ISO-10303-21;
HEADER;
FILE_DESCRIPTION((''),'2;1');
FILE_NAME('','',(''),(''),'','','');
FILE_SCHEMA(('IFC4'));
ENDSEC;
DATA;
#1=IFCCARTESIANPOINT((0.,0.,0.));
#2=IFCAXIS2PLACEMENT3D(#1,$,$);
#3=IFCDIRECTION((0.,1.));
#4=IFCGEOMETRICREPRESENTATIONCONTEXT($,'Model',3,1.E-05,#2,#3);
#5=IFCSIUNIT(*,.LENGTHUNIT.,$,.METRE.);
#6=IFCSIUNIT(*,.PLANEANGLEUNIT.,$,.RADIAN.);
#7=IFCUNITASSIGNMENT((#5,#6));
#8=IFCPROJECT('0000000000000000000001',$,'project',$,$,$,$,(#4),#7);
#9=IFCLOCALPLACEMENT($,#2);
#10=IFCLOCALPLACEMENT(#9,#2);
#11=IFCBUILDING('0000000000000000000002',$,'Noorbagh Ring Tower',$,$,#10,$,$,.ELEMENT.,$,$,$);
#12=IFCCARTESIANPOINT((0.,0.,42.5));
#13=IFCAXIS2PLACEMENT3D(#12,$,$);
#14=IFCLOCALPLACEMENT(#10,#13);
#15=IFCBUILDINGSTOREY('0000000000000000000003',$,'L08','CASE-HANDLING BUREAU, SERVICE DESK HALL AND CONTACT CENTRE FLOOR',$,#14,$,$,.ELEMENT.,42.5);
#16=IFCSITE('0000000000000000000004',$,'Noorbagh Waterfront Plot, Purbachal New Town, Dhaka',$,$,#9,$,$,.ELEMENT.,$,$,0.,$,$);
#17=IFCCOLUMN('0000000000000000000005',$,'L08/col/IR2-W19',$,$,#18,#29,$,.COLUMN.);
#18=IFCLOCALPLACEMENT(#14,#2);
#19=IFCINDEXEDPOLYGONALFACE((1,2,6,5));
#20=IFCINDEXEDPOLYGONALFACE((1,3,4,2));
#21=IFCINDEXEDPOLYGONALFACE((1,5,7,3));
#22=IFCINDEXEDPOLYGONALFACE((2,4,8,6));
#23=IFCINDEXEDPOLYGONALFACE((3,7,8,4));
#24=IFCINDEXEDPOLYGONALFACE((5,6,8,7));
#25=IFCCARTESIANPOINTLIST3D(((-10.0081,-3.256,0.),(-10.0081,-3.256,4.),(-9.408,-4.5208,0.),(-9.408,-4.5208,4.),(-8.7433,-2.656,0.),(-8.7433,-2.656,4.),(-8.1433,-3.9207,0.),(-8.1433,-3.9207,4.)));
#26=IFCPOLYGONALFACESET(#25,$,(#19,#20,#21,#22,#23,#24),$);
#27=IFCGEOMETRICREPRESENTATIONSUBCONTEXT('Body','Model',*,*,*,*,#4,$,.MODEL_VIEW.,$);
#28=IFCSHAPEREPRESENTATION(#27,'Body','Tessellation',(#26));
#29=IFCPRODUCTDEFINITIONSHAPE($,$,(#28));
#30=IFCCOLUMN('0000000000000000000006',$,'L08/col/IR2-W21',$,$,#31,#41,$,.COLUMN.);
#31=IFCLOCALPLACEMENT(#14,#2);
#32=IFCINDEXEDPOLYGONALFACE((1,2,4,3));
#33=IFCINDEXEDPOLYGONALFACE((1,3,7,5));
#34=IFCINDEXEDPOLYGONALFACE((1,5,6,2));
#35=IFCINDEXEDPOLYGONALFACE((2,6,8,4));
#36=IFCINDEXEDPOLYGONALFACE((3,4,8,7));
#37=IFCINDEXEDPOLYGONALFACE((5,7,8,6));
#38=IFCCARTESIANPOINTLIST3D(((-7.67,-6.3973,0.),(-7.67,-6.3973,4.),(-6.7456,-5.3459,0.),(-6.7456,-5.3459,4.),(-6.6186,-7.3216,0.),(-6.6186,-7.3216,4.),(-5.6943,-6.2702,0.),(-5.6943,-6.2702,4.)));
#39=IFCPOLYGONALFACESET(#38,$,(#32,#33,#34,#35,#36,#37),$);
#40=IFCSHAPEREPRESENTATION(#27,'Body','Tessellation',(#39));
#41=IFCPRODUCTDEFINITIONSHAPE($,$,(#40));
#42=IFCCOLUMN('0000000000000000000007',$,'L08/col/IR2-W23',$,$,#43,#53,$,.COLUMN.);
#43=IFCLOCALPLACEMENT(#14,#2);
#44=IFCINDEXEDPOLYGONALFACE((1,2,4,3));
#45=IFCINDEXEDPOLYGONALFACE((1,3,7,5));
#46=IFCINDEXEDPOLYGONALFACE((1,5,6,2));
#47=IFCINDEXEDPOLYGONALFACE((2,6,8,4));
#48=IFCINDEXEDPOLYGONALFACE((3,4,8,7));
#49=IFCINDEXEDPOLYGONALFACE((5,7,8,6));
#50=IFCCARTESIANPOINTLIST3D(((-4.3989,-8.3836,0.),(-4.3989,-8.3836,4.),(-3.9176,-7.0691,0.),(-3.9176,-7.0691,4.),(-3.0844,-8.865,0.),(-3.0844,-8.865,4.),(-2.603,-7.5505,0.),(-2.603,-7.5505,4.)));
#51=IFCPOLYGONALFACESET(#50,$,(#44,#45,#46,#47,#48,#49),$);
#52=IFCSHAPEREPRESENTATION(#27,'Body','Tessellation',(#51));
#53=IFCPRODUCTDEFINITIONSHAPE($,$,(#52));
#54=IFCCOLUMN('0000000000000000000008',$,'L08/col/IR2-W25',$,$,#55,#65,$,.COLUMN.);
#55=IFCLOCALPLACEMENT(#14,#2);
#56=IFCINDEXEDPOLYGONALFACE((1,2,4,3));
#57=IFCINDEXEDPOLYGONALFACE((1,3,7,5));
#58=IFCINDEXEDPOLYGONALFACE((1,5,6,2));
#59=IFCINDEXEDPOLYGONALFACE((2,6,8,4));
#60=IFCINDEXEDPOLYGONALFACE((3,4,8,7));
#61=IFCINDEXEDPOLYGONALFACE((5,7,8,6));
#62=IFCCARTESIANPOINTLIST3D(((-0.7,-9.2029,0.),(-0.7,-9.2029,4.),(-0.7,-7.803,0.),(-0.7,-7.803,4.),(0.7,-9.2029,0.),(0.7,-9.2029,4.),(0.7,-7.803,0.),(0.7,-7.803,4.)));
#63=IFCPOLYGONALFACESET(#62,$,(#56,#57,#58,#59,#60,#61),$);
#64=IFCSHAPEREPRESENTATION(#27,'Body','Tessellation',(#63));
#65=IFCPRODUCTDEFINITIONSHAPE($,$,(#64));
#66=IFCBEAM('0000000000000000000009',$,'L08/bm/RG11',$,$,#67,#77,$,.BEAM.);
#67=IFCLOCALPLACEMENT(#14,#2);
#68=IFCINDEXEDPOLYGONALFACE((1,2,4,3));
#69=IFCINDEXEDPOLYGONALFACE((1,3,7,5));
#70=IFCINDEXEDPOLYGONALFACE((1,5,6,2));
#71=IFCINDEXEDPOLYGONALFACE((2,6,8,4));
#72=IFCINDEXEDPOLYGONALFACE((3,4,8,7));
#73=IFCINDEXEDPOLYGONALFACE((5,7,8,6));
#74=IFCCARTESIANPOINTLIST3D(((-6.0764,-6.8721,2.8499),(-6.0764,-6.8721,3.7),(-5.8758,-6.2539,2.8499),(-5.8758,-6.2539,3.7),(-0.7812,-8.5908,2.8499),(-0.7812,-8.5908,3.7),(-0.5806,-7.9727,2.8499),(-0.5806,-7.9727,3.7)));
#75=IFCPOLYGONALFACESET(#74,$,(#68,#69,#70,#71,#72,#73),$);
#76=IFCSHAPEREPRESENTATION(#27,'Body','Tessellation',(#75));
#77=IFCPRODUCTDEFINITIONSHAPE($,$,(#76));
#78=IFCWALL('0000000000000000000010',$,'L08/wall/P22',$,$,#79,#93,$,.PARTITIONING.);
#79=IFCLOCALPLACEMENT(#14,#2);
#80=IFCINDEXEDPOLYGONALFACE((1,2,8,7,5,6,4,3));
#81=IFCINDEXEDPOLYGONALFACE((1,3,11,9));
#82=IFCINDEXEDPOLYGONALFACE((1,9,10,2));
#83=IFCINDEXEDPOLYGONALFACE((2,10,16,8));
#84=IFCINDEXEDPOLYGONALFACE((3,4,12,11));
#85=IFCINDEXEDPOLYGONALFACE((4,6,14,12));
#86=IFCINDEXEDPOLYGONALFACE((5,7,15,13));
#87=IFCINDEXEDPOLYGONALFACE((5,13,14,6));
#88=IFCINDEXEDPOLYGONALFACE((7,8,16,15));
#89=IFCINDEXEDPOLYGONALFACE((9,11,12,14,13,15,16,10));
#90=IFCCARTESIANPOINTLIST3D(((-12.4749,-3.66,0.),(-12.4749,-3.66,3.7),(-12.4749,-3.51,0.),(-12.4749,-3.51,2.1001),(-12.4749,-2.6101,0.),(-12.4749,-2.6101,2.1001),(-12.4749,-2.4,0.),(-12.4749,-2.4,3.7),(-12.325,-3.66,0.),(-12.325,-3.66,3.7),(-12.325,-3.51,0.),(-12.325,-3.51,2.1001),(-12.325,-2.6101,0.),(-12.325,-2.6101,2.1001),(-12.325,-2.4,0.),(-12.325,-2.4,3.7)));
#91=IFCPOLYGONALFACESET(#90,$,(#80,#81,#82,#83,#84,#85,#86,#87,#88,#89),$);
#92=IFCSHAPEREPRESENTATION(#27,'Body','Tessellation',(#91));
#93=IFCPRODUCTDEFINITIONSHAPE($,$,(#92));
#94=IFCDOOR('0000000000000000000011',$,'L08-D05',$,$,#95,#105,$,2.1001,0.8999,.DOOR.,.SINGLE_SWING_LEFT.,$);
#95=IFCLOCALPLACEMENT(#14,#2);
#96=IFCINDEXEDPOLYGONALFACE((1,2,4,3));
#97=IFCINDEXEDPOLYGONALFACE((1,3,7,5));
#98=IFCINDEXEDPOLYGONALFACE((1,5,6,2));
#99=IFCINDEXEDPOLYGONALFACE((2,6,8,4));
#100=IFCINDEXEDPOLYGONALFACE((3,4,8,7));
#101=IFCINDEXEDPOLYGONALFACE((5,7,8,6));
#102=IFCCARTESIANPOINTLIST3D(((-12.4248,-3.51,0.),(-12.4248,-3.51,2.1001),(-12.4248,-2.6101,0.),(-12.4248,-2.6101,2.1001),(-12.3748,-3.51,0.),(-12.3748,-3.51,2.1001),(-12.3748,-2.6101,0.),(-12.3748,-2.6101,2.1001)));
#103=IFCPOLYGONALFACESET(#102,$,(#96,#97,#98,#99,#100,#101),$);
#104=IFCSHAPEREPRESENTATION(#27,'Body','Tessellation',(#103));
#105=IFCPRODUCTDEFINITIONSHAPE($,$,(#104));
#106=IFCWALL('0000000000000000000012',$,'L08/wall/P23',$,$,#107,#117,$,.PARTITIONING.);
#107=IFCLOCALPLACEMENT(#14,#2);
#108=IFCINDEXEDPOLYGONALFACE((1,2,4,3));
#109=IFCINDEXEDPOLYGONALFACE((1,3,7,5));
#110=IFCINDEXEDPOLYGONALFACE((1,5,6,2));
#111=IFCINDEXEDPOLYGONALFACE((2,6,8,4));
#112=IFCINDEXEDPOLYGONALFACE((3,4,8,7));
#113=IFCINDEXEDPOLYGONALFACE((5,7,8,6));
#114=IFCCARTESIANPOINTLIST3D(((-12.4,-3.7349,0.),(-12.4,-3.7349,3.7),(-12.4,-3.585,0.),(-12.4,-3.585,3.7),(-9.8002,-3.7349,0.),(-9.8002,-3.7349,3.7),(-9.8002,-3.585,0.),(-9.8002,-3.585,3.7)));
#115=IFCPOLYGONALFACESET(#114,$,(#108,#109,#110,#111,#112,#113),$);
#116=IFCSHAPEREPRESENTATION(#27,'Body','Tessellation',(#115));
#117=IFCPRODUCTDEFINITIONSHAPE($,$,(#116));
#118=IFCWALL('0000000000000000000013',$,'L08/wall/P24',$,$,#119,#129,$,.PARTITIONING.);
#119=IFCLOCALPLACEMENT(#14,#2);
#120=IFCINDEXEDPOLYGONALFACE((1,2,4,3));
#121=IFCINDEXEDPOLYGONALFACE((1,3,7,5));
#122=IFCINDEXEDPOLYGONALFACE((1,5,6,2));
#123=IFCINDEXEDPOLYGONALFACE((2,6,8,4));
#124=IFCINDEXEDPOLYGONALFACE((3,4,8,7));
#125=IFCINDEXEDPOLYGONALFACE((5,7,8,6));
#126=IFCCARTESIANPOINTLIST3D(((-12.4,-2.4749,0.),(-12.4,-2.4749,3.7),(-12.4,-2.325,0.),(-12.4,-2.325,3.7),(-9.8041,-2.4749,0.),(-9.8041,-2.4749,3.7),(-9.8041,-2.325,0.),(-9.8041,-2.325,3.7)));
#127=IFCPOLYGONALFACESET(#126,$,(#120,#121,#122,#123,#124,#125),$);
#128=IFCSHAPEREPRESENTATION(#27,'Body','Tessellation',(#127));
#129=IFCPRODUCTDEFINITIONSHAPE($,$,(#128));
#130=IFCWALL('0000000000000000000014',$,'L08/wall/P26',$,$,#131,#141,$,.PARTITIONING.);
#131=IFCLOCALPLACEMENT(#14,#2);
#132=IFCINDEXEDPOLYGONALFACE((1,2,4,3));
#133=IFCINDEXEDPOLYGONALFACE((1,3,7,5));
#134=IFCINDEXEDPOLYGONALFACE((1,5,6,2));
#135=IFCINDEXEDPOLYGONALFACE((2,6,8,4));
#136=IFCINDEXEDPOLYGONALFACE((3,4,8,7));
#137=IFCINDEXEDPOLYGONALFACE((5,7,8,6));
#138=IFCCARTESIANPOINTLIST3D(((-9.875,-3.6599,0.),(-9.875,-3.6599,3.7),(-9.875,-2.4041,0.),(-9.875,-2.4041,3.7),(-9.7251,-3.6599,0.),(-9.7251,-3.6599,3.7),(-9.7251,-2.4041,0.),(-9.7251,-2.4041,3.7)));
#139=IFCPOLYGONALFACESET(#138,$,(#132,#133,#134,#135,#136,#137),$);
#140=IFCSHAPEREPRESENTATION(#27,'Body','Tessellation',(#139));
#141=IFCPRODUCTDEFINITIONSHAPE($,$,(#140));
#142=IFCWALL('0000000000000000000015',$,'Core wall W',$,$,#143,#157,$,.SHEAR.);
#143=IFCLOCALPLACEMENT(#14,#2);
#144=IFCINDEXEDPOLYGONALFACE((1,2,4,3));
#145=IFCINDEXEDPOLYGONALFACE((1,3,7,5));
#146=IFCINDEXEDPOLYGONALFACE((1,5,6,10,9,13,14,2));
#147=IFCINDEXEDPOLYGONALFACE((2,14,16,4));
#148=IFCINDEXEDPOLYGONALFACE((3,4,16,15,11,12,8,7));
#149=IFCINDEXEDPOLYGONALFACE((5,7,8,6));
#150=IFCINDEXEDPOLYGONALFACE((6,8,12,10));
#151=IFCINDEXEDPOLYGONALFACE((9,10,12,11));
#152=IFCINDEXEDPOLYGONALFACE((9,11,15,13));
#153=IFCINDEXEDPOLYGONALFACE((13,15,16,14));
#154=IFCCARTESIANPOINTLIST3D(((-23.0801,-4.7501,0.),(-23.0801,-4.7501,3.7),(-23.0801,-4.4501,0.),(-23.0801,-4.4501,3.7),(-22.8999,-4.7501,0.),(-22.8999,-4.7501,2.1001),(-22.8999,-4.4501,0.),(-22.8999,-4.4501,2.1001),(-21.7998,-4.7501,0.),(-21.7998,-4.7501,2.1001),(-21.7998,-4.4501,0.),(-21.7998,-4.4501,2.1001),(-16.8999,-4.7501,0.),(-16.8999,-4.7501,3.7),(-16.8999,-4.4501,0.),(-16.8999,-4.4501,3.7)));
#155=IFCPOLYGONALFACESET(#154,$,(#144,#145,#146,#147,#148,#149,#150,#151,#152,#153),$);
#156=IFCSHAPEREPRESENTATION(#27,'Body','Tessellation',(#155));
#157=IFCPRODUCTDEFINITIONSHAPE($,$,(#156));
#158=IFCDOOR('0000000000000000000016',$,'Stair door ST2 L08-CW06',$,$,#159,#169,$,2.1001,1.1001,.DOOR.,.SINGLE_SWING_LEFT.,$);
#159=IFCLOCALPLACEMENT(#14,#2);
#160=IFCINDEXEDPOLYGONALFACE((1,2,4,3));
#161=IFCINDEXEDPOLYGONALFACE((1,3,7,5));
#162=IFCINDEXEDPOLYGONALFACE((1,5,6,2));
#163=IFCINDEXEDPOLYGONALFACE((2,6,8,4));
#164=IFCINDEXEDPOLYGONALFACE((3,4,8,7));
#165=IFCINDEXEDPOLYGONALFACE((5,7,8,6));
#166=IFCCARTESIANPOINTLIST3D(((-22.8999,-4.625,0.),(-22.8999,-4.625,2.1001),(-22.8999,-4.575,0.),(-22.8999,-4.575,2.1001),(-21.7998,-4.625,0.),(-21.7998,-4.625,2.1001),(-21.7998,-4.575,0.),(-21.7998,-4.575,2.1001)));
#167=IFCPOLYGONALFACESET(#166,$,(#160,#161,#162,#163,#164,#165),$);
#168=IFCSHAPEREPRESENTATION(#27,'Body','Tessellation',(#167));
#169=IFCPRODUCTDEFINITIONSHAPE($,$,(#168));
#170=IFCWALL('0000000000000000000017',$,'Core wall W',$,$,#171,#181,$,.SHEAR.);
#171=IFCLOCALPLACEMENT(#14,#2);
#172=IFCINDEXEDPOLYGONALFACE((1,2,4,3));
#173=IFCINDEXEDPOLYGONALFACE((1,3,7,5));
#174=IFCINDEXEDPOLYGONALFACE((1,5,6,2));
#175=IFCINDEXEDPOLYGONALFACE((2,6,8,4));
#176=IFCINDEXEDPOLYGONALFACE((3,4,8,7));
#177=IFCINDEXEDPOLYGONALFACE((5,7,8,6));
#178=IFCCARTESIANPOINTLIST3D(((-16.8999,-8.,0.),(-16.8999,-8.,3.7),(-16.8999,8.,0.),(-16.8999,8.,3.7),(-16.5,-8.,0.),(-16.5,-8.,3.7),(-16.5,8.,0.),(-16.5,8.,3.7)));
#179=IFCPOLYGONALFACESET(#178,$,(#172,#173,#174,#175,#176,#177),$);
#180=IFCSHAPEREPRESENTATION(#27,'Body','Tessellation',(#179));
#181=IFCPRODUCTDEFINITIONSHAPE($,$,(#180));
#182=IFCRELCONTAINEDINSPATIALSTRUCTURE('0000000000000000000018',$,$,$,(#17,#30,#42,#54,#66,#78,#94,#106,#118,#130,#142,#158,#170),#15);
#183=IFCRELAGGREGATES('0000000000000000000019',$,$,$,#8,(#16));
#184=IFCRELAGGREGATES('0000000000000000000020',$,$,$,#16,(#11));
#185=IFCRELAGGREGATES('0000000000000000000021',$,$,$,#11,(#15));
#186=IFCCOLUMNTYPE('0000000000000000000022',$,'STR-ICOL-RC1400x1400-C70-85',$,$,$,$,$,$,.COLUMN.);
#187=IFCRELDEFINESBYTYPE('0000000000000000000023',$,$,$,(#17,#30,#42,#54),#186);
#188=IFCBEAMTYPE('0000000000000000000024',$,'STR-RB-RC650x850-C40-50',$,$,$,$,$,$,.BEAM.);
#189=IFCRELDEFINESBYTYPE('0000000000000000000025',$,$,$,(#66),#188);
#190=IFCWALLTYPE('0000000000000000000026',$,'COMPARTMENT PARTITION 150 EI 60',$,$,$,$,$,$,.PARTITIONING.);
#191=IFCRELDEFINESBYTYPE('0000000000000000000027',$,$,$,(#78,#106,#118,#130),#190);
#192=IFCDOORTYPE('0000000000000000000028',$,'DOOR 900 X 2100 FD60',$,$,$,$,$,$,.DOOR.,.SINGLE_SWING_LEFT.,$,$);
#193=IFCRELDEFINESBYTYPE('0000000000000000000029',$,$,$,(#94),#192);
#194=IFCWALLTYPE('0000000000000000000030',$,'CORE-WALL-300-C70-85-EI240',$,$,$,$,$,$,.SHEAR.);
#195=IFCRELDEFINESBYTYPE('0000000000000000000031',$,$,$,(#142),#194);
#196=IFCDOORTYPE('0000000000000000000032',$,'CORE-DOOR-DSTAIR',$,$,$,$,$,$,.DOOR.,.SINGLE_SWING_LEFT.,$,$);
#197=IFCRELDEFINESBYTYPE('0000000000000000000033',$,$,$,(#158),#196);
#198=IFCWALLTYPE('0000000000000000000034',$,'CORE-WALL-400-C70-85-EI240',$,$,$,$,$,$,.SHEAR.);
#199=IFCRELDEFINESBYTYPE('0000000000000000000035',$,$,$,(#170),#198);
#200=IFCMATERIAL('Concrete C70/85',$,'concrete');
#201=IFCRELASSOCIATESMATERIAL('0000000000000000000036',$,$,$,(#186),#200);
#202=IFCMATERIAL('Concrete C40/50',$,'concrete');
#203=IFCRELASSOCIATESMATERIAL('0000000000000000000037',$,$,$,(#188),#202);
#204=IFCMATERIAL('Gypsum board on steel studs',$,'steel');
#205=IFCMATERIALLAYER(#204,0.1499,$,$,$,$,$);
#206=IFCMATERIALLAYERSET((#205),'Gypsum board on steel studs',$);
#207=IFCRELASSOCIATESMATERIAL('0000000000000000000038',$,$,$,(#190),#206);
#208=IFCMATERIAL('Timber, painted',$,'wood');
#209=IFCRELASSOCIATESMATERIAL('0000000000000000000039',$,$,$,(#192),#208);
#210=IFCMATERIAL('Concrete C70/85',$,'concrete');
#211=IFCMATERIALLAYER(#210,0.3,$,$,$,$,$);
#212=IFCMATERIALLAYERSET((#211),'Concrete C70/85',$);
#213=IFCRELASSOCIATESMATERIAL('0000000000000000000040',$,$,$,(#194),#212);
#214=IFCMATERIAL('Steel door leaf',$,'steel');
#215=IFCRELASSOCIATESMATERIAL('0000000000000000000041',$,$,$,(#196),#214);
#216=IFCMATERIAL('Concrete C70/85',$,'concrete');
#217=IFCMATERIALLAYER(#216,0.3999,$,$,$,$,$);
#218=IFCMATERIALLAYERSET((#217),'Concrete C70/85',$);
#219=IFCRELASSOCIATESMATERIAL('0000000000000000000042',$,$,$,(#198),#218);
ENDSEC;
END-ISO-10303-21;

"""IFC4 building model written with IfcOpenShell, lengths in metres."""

from ifc_helpers import new_model, si_unit, direction, frame, frame_2d, origin, origin_2d, place, context, subcontext, project, spatial, rectangle, extrude, material, layer, layer_set, material_profile, profile_set, type_object, element, fill, save


model = new_model("IFC4")

# Units and contexts
model_context = context("Model", 3, precision=1e-05, world=origin(), true_north=direction((0.0, 1.0)))
body_context = subcontext(model_context, "Body", "Model", "MODEL_VIEW")
ifc_project = project(units=[si_unit("LENGTHUNIT", "METRE"), si_unit("PLANEANGLEUNIT", "RADIAN")], contexts=[model_context])

# Site, building, storey
site_placement = place(None, origin())
site = spatial("IfcSite", under=ifc_project, at=site_placement, Name="Noorbagh Waterfront Plot, Purbachal New Town, Dhaka", CompositionType="ELEMENT", RefElevation=0.0)
building_placement = place(site_placement, origin())
building = spatial("IfcBuilding", under=site, at=building_placement, Name="Noorbagh Ring Tower", CompositionType="ELEMENT")
storey_placement = place(building_placement, frame((0.0, 0.0, 42.5)))
storey = spatial("IfcBuildingStorey", under=building, at=storey_placement, Name="L08", Description="CASE-HANDLING BUREAU, SERVICE DESK HALL AND CONTACT CENTRE FLOOR", CompositionType="ELEMENT", Elevation=42.5)

# Columns
ifc_material_1 = material(Name="Concrete C70/85", Category="concrete")
ifc_material_profile_1 = material_profile(ifc_material_1, rectangle(XDim=1.3999, YDim=1.3999, at=origin_2d()), Name="RC1400x1400")
ifc_profile_set_1 = profile_set([ifc_material_profile_1], Name="Concrete C70/85")
column_type = type_object("IfcColumnType", Name="STR-ICOL-RC1400x1400-C70-85", PredefinedType="COLUMN", material=ifc_profile_set_1)
for number, where, z_axis, x_axis, name in (
    (1, (-9.0757, -3.5884, 0.0), (0.0, 0.0, 1.0), (0.428667, -0.903463, 0.0), "L08/col/IR2-W19"),
    (2, (-6.6821, -6.3337, 0.0), (0.0, 0.0, 1.0), (0.751022, -0.660277, 0.0), "L08/col/IR2-W21"),
    (3, (-3.501, -7.967, 0.0), (0.0, 0.0, 1.0), (0.93902, -0.343864, 0.0), "L08/col/IR2-W23"),
    (4, (0.0, -8.5029, 0.0), (0.0, 0.0, 1.0), (1.0, 0.0, 0.0), "L08/col/IR2-W25"),
):
    element("IfcColumn", number, at=place(storey_placement, frame(where, z_axis=z_axis, x_axis=x_axis)), inside=storey, type_object=column_type, Name=name, PredefinedType="COLUMN", context=body_context, shape_type="SweptSolid", body=[
        extrude(rectangle(XDim=1.3999, YDim=1.3999, at=origin_2d()), origin(), (0.0, 0.0, 1.0), 4.0),
    ])

# Beam
ifc_material_2 = material(Name="Concrete C40/50", Category="concrete")
ifc_material_profile_2 = material_profile(ifc_material_2, rectangle(XDim=0.6499, YDim=0.8501, at=origin_2d()), Name="RC650x850")
ifc_profile_set_2 = profile_set([ifc_material_profile_2], Name="Concrete C40/50")
beam_type = type_object("IfcBeamType", Name="STR-RB-RC650x850-C40-50", PredefinedType="BEAM", material=ifc_profile_set_2)
beam_placement = place(storey_placement, frame((-5.9761, -6.563, 3.2749), z_axis=(0.951149, -0.308732, 0.0), x_axis=(0.308732, 0.951149, 0.0)))
element("IfcBeam", 5, at=beam_placement, inside=storey, type_object=beam_type, Name="L08/bm/RG11", PredefinedType="BEAM", context=body_context, shape_type="SweptSolid", body=[
    extrude(rectangle(XDim=0.6499, YDim=0.8501, at=origin_2d()), origin(), (0.0, 0.0, 1.0), 5.5671),
])

# Wall, opening, door
ifc_material_3 = material(Name="Gypsum board on steel studs", Category="steel")
ifc_layer_1 = layer(ifc_material_3, 0.1499)
ifc_layer_set_1 = layer_set([ifc_layer_1], Name="Gypsum board on steel studs")
wall_type_1 = type_object("IfcWallType", Name="COMPARTMENT PARTITION 150 EI 60", PredefinedType="PARTITIONING", material=ifc_layer_set_1)
wall_1_placement = place(storey_placement, frame((-12.3999, -3.6599, 0.0), z_axis=(0.0, 0.0, 1.0), x_axis=(0.0, 1.0, 0.0)))
wall_1 = element("IfcWall", 6, at=wall_1_placement, inside=storey, type_object=wall_type_1, Name="L08/wall/P22", PredefinedType="PARTITIONING", context=body_context, shape_type="SweptSolid", body=[
    extrude(rectangle(XDim=1.26, YDim=0.1499, at=frame_2d((0.6299, 0.0))), origin(), (0.0, 0.0, 1.0), 3.7),
])
opening_1_placement = place(wall_1_placement, frame((0.1499, 0.0, 0.0)))
opening_1 = element("IfcOpeningElement", 7, at=opening_1_placement, cuts=wall_1, PredefinedType="OPENING", context=body_context, shape_type="SweptSolid", body=[
    extrude(rectangle(XDim=0.8999, YDim=2.1001, at=frame_2d((0.45, 1.05))), frame((0.0, 0.085, 0.0), z_axis=(0.0, -1.0, 0.0), x_axis=(1.0, 0.0, 0.0)), (0.0, 0.0, 1.0), 0.1699),
])
ifc_material_4 = material(Name="Timber, painted", Category="wood")
door_type_1 = type_object("IfcDoorType", Name="DOOR 900 X 2100 FD60", OperationType="SINGLE_SWING_LEFT", PredefinedType="DOOR", material=ifc_material_4)
door_1_placement = place(opening_1_placement, origin())
door_1 = element("IfcDoor", 8, at=door_1_placement, inside=storey, type_object=door_type_1, Name="L08-D05", OperationType="SINGLE_SWING_LEFT", OverallHeight=2.1001, OverallWidth=0.8999, PredefinedType="DOOR", context=body_context, shape_type="SweptSolid", body=[
    extrude(rectangle(XDim=0.8999, YDim=2.1001, at=frame_2d((0.45, 1.05))), frame((0.0, 0.0249, 0.0), z_axis=(0.0, -1.0, 0.0), x_axis=(1.0, 0.0, 0.0)), (0.0, 0.0, 1.0), 0.05),
])
fill(opening_1, door_1)

# Walls
wall_2_placement = place(storey_placement, frame((-12.3999, -3.6599, 0.0), z_axis=(0.0, 0.0, 1.0), x_axis=(1.0, 0.0, 0.0)))
element("IfcWall", 9, at=wall_2_placement, inside=storey, type_object=wall_type_1, Name="L08/wall/P23", PredefinedType="PARTITIONING", context=body_context, shape_type="SweptSolid", body=[
    extrude(rectangle(XDim=2.5999, YDim=0.1499, at=frame_2d((1.2998, 0.0))), origin(), (0.0, 0.0, 1.0), 3.7),
])
wall_3_placement = place(storey_placement, frame((-12.3999, -2.3999, 0.0), z_axis=(0.0, 0.0, 1.0), x_axis=(1.0, 0.0, 0.0)))
element("IfcWall", 10, at=wall_3_placement, inside=storey, type_object=wall_type_1, Name="L08/wall/P24", PredefinedType="PARTITIONING", context=body_context, shape_type="SweptSolid", body=[
    extrude(rectangle(XDim=2.5959, YDim=0.1499, at=frame_2d((1.2979, 0.0))), origin(), (0.0, 0.0, 1.0), 3.7),
])
wall_4_placement = place(storey_placement, frame((-9.8, -3.6599, 0.0), z_axis=(0.0, 0.0, 1.0), x_axis=(0.0, 1.0, 0.0)))
element("IfcWall", 11, at=wall_4_placement, inside=storey, type_object=wall_type_1, Name="L08/wall/P26", PredefinedType="PARTITIONING", context=body_context, shape_type="SweptSolid", body=[
    extrude(rectangle(XDim=1.2559, YDim=0.1499, at=frame_2d((0.6279, 0.0))), origin(), (0.0, 0.0, 1.0), 3.7),
])

# Wall, opening, door
ifc_material_5 = material(Name="Concrete C70/85", Category="concrete")
ifc_layer_2 = layer(ifc_material_5, 0.3)
ifc_layer_set_2 = layer_set([ifc_layer_2], Name="Concrete C70/85")
wall_type_2 = type_object("IfcWallType", Name="CORE-WALL-300-C70-85-EI240", PredefinedType="SHEAR", material=ifc_layer_set_2)
wall_5_placement = place(storey_placement, frame((-16.8999, -4.6001, 0.0), z_axis=(0.0, 0.0, 1.0), x_axis=(-1.0, 0.0, 0.0)))
wall_5 = element("IfcWall", 12, at=wall_5_placement, inside=storey, type_object=wall_type_2, Name="Core wall W", PredefinedType="SHEAR", context=body_context, shape_type="SweptSolid", body=[
    extrude(rectangle(XDim=6.1802, YDim=0.3, at=frame_2d((3.0901, 0.0))), origin(), (0.0, 0.0, 1.0), 3.7),
])
opening_2_placement = place(wall_5_placement, frame((4.8999, 0.0, 0.0)))
opening_2 = element("IfcOpeningElement", 13, at=opening_2_placement, cuts=wall_5, PredefinedType="OPENING", context=body_context, shape_type="SweptSolid", body=[
    extrude(rectangle(XDim=1.1001, YDim=2.1001, at=frame_2d((0.55, 1.05))), frame((0.0, 0.1602, 0.0), z_axis=(0.0, -1.0, 0.0), x_axis=(1.0, 0.0, 0.0)), (0.0, 0.0, 1.0), 0.3201),
])
ifc_material_6 = material(Name="Steel door leaf", Category="steel")
door_type_2 = type_object("IfcDoorType", Name="CORE-DOOR-DSTAIR", OperationType="SINGLE_SWING_LEFT", PredefinedType="DOOR", material=ifc_material_6)
door_2_placement = place(opening_2_placement, origin())
door_2 = element("IfcDoor", 14, at=door_2_placement, inside=storey, type_object=door_type_2, Name="Stair door ST2 L08-CW06", OperationType="SINGLE_SWING_LEFT", OverallHeight=2.1001, OverallWidth=1.1001, PredefinedType="DOOR", context=body_context, shape_type="SweptSolid", body=[
    extrude(rectangle(XDim=1.1001, YDim=2.1001, at=frame_2d((0.55, 1.05))), frame((0.0, 0.0249, 0.0), z_axis=(0.0, -1.0, 0.0), x_axis=(1.0, 0.0, 0.0)), (0.0, 0.0, 1.0), 0.05),
])
fill(opening_2, door_2)

# Wall
ifc_material_7 = material(Name="Concrete C70/85", Category="concrete")
ifc_layer_3 = layer(ifc_material_7, 0.3999)
ifc_layer_set_3 = layer_set([ifc_layer_3], Name="Concrete C70/85")
wall_type_3 = type_object("IfcWallType", Name="CORE-WALL-400-C70-85-EI240", PredefinedType="SHEAR", material=ifc_layer_set_3)
wall_6_placement = place(storey_placement, frame((-16.7, -8.0, 0.0), z_axis=(0.0, 0.0, 1.0), x_axis=(0.0, 1.0, 0.0)))
element("IfcWall", 15, at=wall_6_placement, inside=storey, type_object=wall_type_3, Name="Core wall W", PredefinedType="SHEAR", context=body_context, shape_type="SweptSolid", body=[
    extrude(rectangle(XDim=16.0, YDim=0.3999, at=frame_2d((8.0, 0.0))), origin(), (0.0, 0.0, 1.0), 3.7),
])

save(model, "model.ifc")
